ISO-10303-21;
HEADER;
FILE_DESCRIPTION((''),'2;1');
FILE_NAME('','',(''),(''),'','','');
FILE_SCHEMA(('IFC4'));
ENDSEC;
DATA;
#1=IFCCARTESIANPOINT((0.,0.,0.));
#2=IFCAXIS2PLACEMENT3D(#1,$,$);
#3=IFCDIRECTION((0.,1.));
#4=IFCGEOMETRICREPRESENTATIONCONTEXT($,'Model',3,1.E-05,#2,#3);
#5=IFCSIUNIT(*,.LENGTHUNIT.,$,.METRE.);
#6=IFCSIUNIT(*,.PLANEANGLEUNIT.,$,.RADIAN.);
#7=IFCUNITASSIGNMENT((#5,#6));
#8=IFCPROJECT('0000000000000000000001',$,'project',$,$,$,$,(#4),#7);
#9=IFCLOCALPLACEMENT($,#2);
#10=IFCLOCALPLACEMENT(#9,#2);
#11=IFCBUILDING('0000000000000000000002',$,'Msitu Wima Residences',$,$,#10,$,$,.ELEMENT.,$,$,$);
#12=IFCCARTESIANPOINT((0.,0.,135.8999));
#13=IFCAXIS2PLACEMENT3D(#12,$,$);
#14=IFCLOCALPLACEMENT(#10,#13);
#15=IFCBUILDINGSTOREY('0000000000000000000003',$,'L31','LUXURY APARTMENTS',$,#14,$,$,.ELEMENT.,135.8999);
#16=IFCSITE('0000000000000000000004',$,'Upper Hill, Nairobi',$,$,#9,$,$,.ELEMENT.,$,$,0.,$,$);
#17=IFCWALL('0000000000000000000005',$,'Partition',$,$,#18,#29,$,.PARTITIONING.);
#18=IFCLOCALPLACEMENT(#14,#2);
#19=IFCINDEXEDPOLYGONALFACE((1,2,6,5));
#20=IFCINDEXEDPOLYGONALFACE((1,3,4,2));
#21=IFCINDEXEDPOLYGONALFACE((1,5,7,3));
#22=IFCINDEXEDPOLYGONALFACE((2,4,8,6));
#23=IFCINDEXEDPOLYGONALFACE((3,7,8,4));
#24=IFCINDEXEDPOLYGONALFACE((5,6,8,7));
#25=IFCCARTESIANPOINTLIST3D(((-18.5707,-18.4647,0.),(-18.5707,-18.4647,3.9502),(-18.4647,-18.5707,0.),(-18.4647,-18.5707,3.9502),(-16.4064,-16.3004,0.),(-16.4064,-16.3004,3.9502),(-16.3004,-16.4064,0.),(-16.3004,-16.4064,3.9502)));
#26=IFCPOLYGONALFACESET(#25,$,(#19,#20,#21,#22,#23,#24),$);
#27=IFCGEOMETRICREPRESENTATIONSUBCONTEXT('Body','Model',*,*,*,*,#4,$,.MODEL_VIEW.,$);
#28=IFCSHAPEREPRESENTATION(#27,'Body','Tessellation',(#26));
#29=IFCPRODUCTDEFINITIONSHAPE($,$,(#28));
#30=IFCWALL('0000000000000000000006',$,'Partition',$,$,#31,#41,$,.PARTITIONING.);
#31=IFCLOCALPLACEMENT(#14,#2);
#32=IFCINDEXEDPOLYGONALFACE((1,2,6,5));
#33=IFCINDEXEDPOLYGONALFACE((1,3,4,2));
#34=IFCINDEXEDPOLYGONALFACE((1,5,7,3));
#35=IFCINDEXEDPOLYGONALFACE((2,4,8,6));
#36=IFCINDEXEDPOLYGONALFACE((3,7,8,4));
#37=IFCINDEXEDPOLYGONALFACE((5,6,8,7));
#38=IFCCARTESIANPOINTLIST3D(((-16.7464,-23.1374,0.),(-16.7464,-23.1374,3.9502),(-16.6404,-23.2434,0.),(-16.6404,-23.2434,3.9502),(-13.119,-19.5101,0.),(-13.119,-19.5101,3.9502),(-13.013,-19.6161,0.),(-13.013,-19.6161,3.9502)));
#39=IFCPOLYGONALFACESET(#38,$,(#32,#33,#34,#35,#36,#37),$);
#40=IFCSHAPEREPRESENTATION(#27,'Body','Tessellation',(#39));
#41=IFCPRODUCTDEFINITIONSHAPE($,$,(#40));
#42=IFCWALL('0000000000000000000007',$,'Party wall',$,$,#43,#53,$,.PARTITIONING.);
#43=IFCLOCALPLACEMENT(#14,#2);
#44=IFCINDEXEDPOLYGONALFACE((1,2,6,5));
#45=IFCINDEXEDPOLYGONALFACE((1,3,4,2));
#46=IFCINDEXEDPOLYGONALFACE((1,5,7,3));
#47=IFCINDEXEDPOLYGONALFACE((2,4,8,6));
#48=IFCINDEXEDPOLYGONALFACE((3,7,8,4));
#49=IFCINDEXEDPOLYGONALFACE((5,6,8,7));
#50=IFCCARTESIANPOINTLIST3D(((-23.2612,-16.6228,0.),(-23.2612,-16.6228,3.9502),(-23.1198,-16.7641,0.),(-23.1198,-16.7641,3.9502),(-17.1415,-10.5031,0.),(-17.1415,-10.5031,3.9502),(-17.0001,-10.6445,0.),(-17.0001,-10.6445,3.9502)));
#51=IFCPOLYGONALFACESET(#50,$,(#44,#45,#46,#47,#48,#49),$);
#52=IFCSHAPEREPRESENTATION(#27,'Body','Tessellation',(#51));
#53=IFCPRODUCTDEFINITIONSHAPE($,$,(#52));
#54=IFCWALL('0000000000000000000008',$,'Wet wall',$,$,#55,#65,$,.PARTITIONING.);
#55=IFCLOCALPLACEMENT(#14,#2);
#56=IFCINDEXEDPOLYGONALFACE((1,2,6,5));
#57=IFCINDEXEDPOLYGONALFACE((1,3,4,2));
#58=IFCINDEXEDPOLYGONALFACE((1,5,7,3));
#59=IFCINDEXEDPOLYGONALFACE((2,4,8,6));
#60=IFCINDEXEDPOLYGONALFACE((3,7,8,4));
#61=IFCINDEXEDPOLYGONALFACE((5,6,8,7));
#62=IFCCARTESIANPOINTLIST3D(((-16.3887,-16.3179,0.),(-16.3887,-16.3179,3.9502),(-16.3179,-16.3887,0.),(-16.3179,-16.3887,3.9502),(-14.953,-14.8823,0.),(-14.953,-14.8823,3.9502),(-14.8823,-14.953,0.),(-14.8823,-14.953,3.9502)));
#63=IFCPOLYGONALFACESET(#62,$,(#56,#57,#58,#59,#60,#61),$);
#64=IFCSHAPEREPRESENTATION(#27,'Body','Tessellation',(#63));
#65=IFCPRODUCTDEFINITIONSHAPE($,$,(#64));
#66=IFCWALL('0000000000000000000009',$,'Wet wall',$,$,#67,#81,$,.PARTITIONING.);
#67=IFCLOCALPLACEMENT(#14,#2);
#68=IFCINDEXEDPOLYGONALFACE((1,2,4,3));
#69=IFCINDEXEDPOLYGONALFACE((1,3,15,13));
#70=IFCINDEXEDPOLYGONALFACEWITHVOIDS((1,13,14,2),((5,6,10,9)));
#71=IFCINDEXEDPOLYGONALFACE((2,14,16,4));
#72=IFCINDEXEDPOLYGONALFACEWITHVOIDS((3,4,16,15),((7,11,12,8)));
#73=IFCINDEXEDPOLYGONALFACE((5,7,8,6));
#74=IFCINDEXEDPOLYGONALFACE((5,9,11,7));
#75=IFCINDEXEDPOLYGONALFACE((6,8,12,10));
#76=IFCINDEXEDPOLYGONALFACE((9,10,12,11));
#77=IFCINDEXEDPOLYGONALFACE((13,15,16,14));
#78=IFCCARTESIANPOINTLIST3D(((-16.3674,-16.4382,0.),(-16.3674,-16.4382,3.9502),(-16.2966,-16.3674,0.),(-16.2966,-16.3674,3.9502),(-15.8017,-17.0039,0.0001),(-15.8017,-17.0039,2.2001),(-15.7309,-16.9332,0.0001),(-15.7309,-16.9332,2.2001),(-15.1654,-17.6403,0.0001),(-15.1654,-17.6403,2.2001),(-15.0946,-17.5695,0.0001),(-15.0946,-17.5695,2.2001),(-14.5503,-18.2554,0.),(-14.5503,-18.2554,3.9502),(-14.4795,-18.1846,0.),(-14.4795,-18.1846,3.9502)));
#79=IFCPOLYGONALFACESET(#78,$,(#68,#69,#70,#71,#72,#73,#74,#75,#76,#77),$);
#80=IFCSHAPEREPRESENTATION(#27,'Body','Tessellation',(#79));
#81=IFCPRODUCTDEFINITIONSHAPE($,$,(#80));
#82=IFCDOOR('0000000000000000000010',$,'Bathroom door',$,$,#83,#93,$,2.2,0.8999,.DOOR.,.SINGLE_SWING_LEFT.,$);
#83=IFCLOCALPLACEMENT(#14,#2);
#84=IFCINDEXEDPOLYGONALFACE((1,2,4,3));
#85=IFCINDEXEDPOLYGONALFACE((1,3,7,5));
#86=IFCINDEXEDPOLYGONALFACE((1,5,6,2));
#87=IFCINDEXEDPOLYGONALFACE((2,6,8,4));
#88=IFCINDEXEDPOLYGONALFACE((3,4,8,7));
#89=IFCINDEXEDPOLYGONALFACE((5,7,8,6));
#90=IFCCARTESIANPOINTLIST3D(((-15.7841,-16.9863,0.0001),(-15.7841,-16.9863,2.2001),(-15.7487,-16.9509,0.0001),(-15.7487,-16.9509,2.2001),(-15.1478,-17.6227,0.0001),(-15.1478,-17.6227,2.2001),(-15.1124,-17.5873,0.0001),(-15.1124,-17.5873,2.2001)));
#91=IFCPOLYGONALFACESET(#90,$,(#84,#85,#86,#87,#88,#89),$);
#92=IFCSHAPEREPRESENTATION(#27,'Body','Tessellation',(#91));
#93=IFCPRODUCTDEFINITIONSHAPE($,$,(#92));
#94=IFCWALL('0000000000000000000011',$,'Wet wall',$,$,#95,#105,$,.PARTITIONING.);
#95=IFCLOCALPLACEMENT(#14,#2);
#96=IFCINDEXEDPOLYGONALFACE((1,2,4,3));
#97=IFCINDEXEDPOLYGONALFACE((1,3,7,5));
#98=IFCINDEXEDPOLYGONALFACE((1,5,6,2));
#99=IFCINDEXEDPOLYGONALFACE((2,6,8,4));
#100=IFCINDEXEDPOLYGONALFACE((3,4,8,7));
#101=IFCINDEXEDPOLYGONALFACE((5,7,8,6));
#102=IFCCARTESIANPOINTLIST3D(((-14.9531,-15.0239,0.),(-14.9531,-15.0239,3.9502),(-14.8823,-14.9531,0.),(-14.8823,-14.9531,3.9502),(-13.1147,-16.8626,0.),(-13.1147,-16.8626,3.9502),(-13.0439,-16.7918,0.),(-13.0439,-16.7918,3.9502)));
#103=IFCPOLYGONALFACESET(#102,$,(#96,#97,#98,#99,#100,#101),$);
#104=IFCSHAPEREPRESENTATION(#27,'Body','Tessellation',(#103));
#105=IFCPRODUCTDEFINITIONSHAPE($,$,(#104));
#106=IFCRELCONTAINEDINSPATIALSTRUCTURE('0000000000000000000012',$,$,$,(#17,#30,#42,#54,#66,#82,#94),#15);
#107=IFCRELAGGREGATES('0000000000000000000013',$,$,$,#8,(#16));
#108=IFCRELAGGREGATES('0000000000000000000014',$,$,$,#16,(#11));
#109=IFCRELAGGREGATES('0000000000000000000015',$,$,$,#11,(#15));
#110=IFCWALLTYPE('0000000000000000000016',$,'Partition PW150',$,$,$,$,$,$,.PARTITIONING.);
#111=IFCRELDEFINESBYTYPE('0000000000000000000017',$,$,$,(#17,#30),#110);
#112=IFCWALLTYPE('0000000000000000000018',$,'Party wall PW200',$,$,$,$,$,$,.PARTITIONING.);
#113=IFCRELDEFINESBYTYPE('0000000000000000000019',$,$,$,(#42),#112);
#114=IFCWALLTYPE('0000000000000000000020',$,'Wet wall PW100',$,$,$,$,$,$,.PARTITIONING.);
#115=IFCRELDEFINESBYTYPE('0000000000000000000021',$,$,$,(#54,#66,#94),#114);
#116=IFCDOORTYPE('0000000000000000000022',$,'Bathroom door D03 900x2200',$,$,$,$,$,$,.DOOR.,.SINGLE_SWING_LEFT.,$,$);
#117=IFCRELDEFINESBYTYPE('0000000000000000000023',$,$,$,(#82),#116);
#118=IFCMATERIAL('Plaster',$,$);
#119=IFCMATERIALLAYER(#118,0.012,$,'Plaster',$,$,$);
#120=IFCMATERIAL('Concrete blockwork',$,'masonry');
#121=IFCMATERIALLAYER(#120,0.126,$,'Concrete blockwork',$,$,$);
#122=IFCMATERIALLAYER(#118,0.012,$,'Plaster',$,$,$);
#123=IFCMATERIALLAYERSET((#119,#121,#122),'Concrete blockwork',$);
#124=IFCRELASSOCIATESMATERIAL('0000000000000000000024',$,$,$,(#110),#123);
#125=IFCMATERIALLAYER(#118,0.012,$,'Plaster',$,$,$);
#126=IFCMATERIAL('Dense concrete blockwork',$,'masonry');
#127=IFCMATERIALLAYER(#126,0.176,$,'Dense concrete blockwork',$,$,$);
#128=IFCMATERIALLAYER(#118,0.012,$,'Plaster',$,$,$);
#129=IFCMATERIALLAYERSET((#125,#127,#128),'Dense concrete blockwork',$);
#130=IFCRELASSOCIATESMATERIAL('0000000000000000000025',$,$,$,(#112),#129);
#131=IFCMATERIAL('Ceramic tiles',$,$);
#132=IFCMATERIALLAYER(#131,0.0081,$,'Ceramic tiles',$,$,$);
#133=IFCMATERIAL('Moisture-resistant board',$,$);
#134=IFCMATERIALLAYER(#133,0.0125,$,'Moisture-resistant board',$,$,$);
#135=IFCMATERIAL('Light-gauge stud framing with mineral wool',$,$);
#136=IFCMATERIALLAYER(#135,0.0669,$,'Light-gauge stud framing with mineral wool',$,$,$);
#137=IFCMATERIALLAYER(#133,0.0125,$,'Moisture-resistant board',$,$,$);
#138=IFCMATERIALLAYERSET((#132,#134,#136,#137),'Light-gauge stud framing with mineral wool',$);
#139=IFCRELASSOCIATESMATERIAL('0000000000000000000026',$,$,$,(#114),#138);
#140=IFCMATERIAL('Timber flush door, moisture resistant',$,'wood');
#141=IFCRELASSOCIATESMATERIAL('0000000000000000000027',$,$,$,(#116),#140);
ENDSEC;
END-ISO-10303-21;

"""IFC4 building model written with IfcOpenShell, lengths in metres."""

from ifc_helpers import new_model, si_unit, direction, frame, frame_2d, origin, place, context, subcontext, project, spatial, rectangle, extrude, material, layer, layer_set, type_object, element, fill, save


model = new_model("IFC4")

# Units and contexts
model_context = context("Model", 3, precision=1e-05, world=origin(), true_north=direction((0.0, 1.0)))
body_context = subcontext(model_context, "Body", "Model", "MODEL_VIEW")
ifc_project = project(units=[si_unit("LENGTHUNIT", "METRE"), si_unit("PLANEANGLEUNIT", "RADIAN")], contexts=[model_context])

# Site, building, storey
site_placement = place(None, origin())
site = spatial("IfcSite", under=ifc_project, at=site_placement, Name="Upper Hill, Nairobi", CompositionType="ELEMENT", RefElevation=0.0)
building_placement = place(site_placement, origin())
building = spatial("IfcBuilding", under=site, at=building_placement, Name="Msitu Wima Residences", CompositionType="ELEMENT")
storey_placement = place(building_placement, frame((0.0, 0.0, 135.8999)))
storey = spatial("IfcBuildingStorey", under=building, at=storey_placement, Name="L31", Description="LUXURY APARTMENTS", CompositionType="ELEMENT", Elevation=135.8999)

# Shared definitions
ifc_material_1 = material(Name="Plaster")
ifc_material_2 = material(Name="Concrete blockwork", Category="masonry")
ifc_layer_1 = layer(ifc_material_1, 0.012, Name="Plaster")
ifc_layer_2 = layer(ifc_material_2, 0.126, Name="Concrete blockwork")
ifc_layer_3 = layer(ifc_material_1, 0.012, Name="Plaster")
ifc_layer_set_1 = layer_set([ifc_layer_1, ifc_layer_2, ifc_layer_3], Name="Concrete blockwork")
wall_type_1 = type_object("IfcWallType", Name="Partition PW150", PredefinedType="PARTITIONING", material=ifc_layer_set_1)

# Walls
wall_1_placement = place(storey_placement, frame((-18.5176, -18.5176, 0.0), z_axis=(0.0, 0.0, 1.0), x_axis=(0.707107, 0.707107, 0.0)))
element("IfcWall", 1, at=wall_1_placement, inside=storey, type_object=wall_type_1, Name="Partition", PredefinedType="PARTITIONING", context=body_context, shape_type="SweptSolid", body=[
    extrude(rectangle(XDim=3.0608, YDim=0.1499, at=frame_2d((1.5303, 0.0))), origin(), (0.0, 0.0, 1.0), 3.9502),
])
wall_2_placement = place(storey_placement, frame((-16.6934, -23.1904, 0.0), z_axis=(0.0, 0.0, 1.0), x_axis=(0.707107, 0.707107, 0.0)))
element("IfcWall", 2, at=wall_2_placement, inside=storey, type_object=wall_type_1, Name="Partition", PredefinedType="PARTITIONING", context=body_context, shape_type="SweptSolid", body=[
    extrude(rectangle(XDim=5.1299, YDim=0.1499, at=frame_2d((2.5649, 0.0))), origin(), (0.0, 0.0, 1.0), 3.9502),
])
ifc_layer_4 = layer(ifc_material_1, 0.012, Name="Plaster")
ifc_material_3 = material(Name="Dense concrete blockwork", Category="masonry")
ifc_layer_5 = layer(ifc_material_3, 0.176, Name="Dense concrete blockwork")
ifc_layer_6 = layer(ifc_material_1, 0.012, Name="Plaster")
ifc_layer_set_2 = layer_set([ifc_layer_4, ifc_layer_5, ifc_layer_6], Name="Dense concrete blockwork")
wall_type_2 = type_object("IfcWallType", Name="Party wall PW200", PredefinedType="PARTITIONING", material=ifc_layer_set_2)
wall_3_placement = place(storey_placement, frame((-23.1904, -16.6934, 0.0), z_axis=(0.0, 0.0, 1.0), x_axis=(0.707107, 0.707107, 0.0)))
element("IfcWall", 3, at=wall_3_placement, inside=storey, type_object=wall_type_2, Name="Party wall", PredefinedType="PARTITIONING", context=body_context, shape_type="SweptSolid", body=[
    extrude(rectangle(XDim=8.6545, YDim=0.2, at=frame_2d((4.3271, 0.0))), origin(), (0.0, 0.0, 1.0), 3.9502),
])
ifc_material_4 = material(Name="Ceramic tiles")
ifc_layer_7 = layer(ifc_material_4, 0.0081, Name="Ceramic tiles")
ifc_material_5 = material(Name="Moisture-resistant board")
ifc_layer_8 = layer(ifc_material_5, 0.0125, Name="Moisture-resistant board")
ifc_material_6 = material(Name="Light-gauge stud framing with mineral wool")
ifc_layer_9 = layer(ifc_material_6, 0.0669, Name="Light-gauge stud framing with mineral wool")
ifc_layer_10 = layer(ifc_material_5, 0.0125, Name="Moisture-resistant board")
ifc_layer_set_3 = layer_set([ifc_layer_7, ifc_layer_8, ifc_layer_9, ifc_layer_10], Name="Light-gauge stud framing with mineral wool")
wall_type_3 = type_object("IfcWallType", Name="Wet wall PW100", PredefinedType="PARTITIONING", material=ifc_layer_set_3)
wall_4_placement = place(storey_placement, frame((-16.3533, -16.3533, 0.0), z_axis=(0.0, 0.0, 1.0), x_axis=(0.707107, 0.707107, 0.0)))
element("IfcWall", 4, at=wall_4_placement, inside=storey, type_object=wall_type_3, Name="Wet wall", PredefinedType="PARTITIONING", context=body_context, shape_type="SweptSolid", body=[
    extrude(rectangle(XDim=2.0303, YDim=0.1001, at=frame_2d((1.0151, 0.0))), origin(), (0.0, 0.0, 1.0), 3.9502),
])

# Wall, opening, door
wall_5_placement = place(storey_placement, frame((-16.332, -16.4028, 0.0), z_axis=(0.0, 0.0, 1.0), x_axis=(0.707107, -0.707107, 0.0)))
wall_5 = element("IfcWall", 5, at=wall_5_placement, inside=storey, type_object=wall_type_3, Name="Wet wall", PredefinedType="PARTITIONING", context=body_context, shape_type="SweptSolid", body=[
    extrude(rectangle(XDim=2.5698, YDim=0.1001, at=frame_2d((1.2849, 0.0))), origin(), (0.0, 0.0, 1.0), 3.9502),
])
opening_1_placement = place(wall_5_placement, frame((0.8, 0.0, 0.0)))
opening_1 = element("IfcOpeningElement", 6, at=opening_1_placement, cuts=wall_5, PredefinedType="OPENING", context=body_context, shape_type="SweptSolid", body=[
    extrude(rectangle(XDim=0.8999, YDim=2.2, at=frame_2d((0.45, 1.1001))), frame((0.0, 0.0601, 0.0), z_axis=(0.0, -1.0, 0.0), x_axis=(1.0, 0.0, 0.0)), (0.0, 0.0, 1.0), 0.1201),
])
ifc_material_7 = material(Name="Timber flush door, moisture resistant", Category="wood")
door_type_1 = type_object("IfcDoorType", Name="Bathroom door D03 900x2200", OperationType="SINGLE_SWING_LEFT", PredefinedType="DOOR", material=ifc_material_7)
door_1_placement = place(opening_1_placement, origin())
door_1 = element("IfcDoor", 7, at=door_1_placement, inside=storey, type_object=door_type_1, Name="Bathroom door", OperationType="SINGLE_SWING_LEFT", OverallHeight=2.2, OverallWidth=0.8999, PredefinedType="DOOR", context=body_context, shape_type="SweptSolid", body=[
    extrude(rectangle(XDim=0.8999, YDim=2.2, at=frame_2d((0.45, 1.1001))), frame((0.0, 0.0249, 0.0), z_axis=(0.0, -1.0, 0.0), x_axis=(1.0, 0.0, 0.0)), (0.0, 0.0, 1.0), 0.05),
])
fill(opening_1, door_1)

# Wall
wall_6_placement = place(storey_placement, frame((-14.9177, -14.9885, 0.0), z_axis=(0.0, 0.0, 1.0), x_axis=(0.70706, -0.707154, 0.0)))
element("IfcWall", 8, at=wall_6_placement, inside=storey, type_object=wall_type_3, Name="Wet wall", PredefinedType="PARTITIONING", context=body_context, shape_type="SweptSolid", body=[
    extrude(rectangle(XDim=2.6001, YDim=0.1001, at=frame_2d((1.3, 0.0))), origin(), (0.0, 0.0, 1.0), 3.9502),
])

save(model, "model.ifc")
